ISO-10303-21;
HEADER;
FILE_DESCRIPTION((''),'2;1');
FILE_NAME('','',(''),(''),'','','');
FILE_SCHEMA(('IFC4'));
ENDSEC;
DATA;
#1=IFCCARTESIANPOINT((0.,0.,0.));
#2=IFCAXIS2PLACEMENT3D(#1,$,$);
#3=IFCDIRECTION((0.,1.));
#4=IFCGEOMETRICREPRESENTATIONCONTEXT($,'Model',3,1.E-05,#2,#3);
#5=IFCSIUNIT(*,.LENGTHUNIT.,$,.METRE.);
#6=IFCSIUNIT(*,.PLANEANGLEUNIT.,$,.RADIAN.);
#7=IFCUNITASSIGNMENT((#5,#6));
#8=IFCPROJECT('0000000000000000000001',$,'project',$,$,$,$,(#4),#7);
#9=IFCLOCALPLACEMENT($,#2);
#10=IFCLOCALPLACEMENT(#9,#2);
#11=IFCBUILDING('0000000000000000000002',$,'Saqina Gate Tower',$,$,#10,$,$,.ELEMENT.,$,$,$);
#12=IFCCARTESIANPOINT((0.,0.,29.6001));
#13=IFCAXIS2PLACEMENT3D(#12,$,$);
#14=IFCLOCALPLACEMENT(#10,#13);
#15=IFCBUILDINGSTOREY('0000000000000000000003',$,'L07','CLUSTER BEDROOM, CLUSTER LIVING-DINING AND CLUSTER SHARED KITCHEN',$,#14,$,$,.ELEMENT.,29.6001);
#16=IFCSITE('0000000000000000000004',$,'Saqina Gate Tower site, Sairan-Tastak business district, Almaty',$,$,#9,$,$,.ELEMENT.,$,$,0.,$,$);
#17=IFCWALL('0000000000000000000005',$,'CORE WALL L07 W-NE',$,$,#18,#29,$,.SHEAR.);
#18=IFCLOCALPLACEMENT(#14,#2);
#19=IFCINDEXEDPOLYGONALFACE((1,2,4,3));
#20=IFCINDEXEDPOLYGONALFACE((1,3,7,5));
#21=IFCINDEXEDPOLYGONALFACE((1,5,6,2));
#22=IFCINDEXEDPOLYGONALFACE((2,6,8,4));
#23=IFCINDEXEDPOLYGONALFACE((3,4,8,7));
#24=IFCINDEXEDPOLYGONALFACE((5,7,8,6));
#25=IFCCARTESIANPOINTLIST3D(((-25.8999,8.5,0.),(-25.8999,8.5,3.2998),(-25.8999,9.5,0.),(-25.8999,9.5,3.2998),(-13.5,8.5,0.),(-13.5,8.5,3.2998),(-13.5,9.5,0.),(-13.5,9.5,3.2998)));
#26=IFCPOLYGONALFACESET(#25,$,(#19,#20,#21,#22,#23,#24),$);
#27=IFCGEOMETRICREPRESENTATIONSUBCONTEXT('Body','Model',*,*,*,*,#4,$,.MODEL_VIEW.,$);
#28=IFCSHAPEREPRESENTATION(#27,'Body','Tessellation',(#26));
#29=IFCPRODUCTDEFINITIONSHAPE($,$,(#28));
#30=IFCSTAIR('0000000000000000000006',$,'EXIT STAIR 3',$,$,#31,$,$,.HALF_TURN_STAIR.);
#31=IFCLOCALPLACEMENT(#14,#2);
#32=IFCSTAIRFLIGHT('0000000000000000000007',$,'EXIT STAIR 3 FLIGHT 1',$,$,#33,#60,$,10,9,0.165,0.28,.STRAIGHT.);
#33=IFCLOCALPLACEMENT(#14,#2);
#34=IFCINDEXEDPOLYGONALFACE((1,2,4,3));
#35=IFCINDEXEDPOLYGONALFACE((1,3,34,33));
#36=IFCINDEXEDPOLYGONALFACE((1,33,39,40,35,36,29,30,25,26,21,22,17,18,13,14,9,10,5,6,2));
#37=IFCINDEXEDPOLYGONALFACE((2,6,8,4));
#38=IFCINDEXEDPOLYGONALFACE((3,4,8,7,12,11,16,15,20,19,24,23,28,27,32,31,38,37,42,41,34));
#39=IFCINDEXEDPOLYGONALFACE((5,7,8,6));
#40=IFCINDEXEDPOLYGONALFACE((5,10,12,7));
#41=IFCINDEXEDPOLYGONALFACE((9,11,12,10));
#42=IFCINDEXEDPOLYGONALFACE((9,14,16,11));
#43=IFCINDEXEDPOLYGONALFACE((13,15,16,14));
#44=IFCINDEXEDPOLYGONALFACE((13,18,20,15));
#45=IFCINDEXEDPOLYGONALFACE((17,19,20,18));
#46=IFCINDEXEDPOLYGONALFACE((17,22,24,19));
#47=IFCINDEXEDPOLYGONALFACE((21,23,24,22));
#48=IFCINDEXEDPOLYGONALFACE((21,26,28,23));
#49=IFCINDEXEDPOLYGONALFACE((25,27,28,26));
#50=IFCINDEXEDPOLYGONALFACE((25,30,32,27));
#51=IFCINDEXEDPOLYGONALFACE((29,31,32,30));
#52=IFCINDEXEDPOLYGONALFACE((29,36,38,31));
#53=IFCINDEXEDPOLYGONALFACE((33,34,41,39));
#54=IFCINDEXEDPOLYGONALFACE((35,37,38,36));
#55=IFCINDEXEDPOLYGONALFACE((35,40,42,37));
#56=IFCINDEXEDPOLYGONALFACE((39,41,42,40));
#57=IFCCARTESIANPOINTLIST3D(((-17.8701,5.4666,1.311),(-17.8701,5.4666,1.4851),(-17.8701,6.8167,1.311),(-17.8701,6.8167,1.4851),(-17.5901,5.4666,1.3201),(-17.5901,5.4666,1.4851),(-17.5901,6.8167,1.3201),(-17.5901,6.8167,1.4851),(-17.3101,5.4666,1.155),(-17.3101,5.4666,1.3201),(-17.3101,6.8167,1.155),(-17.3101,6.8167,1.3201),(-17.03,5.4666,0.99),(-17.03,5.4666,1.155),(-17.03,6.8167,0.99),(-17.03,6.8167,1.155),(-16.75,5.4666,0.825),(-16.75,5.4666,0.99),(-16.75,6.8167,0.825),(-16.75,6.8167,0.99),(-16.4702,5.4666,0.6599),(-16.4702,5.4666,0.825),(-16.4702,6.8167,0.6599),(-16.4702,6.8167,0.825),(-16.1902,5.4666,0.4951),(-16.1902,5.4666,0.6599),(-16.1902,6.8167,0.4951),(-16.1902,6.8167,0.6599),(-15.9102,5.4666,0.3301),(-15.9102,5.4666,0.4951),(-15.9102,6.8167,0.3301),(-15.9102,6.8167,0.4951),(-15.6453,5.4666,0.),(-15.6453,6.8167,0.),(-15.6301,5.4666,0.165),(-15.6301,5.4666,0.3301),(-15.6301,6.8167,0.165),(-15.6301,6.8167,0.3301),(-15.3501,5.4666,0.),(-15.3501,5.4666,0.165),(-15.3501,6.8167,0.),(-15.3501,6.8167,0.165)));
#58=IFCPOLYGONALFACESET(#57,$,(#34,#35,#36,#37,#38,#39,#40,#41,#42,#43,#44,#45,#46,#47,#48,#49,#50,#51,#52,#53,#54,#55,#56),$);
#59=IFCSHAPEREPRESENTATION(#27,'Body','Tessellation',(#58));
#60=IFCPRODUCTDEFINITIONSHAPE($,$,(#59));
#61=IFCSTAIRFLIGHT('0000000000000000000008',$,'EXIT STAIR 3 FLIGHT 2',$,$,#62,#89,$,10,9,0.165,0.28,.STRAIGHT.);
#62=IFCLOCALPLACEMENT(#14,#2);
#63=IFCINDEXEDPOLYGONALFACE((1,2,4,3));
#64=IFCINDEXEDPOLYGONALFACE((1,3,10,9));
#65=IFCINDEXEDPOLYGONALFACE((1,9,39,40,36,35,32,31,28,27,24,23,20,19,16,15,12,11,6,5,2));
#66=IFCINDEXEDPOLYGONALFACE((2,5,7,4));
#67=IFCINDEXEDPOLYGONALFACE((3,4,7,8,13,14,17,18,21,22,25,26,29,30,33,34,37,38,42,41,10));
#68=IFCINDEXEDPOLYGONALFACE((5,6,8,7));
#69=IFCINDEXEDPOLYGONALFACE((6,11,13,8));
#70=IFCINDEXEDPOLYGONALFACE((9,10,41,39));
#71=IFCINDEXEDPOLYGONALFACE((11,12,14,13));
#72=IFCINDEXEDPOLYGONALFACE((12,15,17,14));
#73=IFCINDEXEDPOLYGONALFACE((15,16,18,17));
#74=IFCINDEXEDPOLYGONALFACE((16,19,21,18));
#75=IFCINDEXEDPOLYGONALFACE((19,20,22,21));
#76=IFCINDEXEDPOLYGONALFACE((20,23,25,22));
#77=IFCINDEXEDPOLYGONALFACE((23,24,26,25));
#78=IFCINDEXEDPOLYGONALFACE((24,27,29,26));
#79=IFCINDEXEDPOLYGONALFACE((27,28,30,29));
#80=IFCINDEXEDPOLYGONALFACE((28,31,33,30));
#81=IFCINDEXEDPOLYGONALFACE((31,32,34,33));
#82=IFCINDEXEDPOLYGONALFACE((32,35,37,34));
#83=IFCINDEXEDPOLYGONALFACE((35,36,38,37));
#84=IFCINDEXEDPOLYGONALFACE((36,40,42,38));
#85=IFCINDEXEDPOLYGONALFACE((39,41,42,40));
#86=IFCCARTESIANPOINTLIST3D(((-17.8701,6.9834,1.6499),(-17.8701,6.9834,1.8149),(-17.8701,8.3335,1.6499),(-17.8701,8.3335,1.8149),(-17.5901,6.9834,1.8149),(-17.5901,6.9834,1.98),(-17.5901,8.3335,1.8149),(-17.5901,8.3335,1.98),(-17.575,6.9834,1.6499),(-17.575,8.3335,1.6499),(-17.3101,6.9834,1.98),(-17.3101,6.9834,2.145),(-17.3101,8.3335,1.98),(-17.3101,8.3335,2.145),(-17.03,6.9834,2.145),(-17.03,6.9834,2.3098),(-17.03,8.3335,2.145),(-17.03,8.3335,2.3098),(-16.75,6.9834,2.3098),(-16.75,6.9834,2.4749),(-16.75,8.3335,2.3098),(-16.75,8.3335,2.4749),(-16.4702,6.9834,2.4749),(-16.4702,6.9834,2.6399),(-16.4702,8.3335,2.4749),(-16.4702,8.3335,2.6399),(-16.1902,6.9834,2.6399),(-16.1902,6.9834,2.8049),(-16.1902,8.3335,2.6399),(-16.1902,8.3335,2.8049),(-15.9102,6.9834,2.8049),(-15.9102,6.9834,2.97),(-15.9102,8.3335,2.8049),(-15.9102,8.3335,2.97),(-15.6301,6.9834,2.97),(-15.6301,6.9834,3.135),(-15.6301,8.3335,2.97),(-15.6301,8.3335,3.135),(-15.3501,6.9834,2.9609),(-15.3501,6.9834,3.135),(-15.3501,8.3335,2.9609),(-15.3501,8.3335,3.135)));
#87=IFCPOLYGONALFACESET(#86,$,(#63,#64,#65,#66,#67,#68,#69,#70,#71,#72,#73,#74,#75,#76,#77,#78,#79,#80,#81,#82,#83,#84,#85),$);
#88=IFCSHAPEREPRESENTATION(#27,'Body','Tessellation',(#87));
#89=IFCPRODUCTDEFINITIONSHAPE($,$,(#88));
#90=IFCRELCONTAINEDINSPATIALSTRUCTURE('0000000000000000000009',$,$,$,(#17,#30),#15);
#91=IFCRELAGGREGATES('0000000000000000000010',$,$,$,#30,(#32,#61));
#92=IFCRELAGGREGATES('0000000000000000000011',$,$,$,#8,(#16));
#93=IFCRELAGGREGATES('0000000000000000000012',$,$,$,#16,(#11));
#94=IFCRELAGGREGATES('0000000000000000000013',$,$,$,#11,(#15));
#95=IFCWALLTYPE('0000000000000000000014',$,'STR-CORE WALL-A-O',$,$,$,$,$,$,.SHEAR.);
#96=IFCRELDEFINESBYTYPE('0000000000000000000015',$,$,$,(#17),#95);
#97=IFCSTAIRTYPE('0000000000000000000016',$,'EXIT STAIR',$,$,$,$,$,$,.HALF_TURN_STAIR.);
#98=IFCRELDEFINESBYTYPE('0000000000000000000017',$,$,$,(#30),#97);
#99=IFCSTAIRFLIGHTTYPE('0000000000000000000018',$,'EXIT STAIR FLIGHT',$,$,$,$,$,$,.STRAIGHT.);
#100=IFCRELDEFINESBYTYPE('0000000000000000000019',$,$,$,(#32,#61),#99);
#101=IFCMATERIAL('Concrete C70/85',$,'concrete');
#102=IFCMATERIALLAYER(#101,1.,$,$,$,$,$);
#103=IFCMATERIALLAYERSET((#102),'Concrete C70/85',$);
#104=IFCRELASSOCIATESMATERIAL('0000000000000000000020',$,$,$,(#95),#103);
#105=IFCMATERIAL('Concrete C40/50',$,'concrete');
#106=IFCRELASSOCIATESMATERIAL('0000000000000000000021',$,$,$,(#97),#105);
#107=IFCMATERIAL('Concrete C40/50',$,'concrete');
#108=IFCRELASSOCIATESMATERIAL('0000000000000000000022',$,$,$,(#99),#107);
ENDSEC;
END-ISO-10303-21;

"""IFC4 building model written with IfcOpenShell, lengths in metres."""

from ifc_helpers import new_model, si_unit, direction, frame, frame_2d, origin, place, context, subcontext, project, spatial, polyline, rectangle, outline, extrude, material, layer, layer_set, type_object, element, aggregate, save


model = new_model("IFC4")

# Units and contexts
model_context = context("Model", 3, precision=1e-05, world=origin(), true_north=direction((0.0, 1.0)))
body_context = subcontext(model_context, "Body", "Model", "MODEL_VIEW")
ifc_project = project(units=[si_unit("LENGTHUNIT", "METRE"), si_unit("PLANEANGLEUNIT", "RADIAN")], contexts=[model_context])

# Site, building, storey
site_placement = place(None, origin())
site = spatial("IfcSite", under=ifc_project, at=site_placement, Name="Saqina Gate Tower site, Sairan-Tastak business district, Almaty", CompositionType="ELEMENT", RefElevation=0.0)
building_placement = place(site_placement, origin())
building = spatial("IfcBuilding", under=site, at=building_placement, Name="Saqina Gate Tower", CompositionType="ELEMENT")
storey_placement = place(building_placement, frame((0.0, 0.0, 29.6001)))
storey = spatial("IfcBuildingStorey", under=building, at=storey_placement, Name="L07", Description="CLUSTER BEDROOM, CLUSTER LIVING-DINING AND CLUSTER SHARED KITCHEN", CompositionType="ELEMENT", Elevation=29.6001)

# Wall
ifc_material_1 = material(Name="Concrete C70/85", Category="concrete")
ifc_layer_1 = layer(ifc_material_1, 1.0)
ifc_layer_set_1 = layer_set([ifc_layer_1], Name="Concrete C70/85")
wall_type_1 = type_object("IfcWallType", Name="STR-CORE WALL-A-O", PredefinedType="SHEAR", material=ifc_layer_set_1)
wall_1_placement = place(storey_placement, frame((-13.5, 9.0, 0.0), z_axis=(0.0, 0.0, 1.0), x_axis=(-1.0, 0.0, 0.0)))
element("IfcWall", 1, at=wall_1_placement, inside=storey, type_object=wall_type_1, Name="CORE WALL L07 W-NE", PredefinedType="SHEAR", context=body_context, shape_type="SweptSolid", body=[
    extrude(rectangle(XDim=12.3999, YDim=1.0, at=frame_2d((6.2, 0.0))), origin(), (0.0, 0.0, 1.0), 3.2998),
])

# Stair, stair flights
ifc_material_2 = material(Name="Concrete C40/50", Category="concrete")
stair_type = type_object("IfcStairType", Name="EXIT STAIR", PredefinedType="HALF_TURN_STAIR", material=ifc_material_2)
stair_placement = place(storey_placement, origin())
stair = element("IfcStair", 2, at=stair_placement, inside=storey, type_object=stair_type, Name="EXIT STAIR 3", PredefinedType="HALF_TURN_STAIR")
ifc_material_3 = material(Name="Concrete C40/50", Category="concrete")
stair_flight_type = type_object("IfcStairFlightType", Name="EXIT STAIR FLIGHT", PredefinedType="STRAIGHT", material=ifc_material_3)
stair_flight_1_placement = place(storey_placement, frame((-15.3501, 6.1416, 0.0), z_axis=(0.0, 0.0, 1.0), x_axis=(-1.0, 0.0, 0.0)))
stair_flight_1 = element("IfcStairFlight", 3, at=stair_flight_1_placement, type_object=stair_flight_type, Name="EXIT STAIR 3 FLIGHT 1", NumberOfRisers=10, NumberOfTreads=9, PredefinedType="STRAIGHT", RiserHeight=0.165, TreadLength=0.28, context=body_context, shape_type="SweptSolid", body=[
    extrude(outline(polyline([(0.0, 0.0), (0.0, 0.165), (0.28, 0.165), (0.28, 0.3301), (0.5601, 0.3301), (0.5601, 0.4951), (0.8401, 0.4951), (0.8401, 0.6599), (1.1201, 0.6599), (1.1201, 0.825), (1.3999, 0.825), (1.3999, 0.99), (1.6799, 0.99), (1.6799, 1.155), (1.96, 1.155), (1.96, 1.3201), (2.24, 1.3201), (2.24, 1.4851), (2.52, 1.4851), (2.52, 1.6499), (2.52, 1.311), (0.2952, 0.0), (0.0, 0.0)])), frame((0.0, 0.675, 0.0), z_axis=(0.0, -1.0, 0.0), x_axis=(1.0, 0.0, 0.0)), (0.0, 0.0, 1.0), 1.3501),
])
stair_flight_2_placement = place(storey_placement, frame((-17.8701, 7.6584, 1.6499), z_axis=(0.0, 0.0, 1.0), x_axis=(1.0, 0.0, 0.0)))
stair_flight_2 = element("IfcStairFlight", 4, at=stair_flight_2_placement, type_object=stair_flight_type, Name="EXIT STAIR 3 FLIGHT 2", NumberOfRisers=10, NumberOfTreads=9, PredefinedType="STRAIGHT", RiserHeight=0.165, TreadLength=0.28, context=body_context, shape_type="SweptSolid", body=[
    extrude(outline(polyline([(0.0, 0.0), (0.0, 0.165), (0.28, 0.165), (0.28, 0.3301), (0.5601, 0.3301), (0.5601, 0.4951), (0.8401, 0.4951), (0.8401, 0.6599), (1.1201, 0.6599), (1.1201, 0.825), (1.3999, 0.825), (1.3999, 0.99), (1.6799, 0.99), (1.6799, 1.155), (1.96, 1.155), (1.96, 1.3201), (2.24, 1.3201), (2.24, 1.4851), (2.52, 1.4851), (2.52, 1.6499), (2.52, 1.311), (0.2952, 0.0), (0.0, 0.0)])), frame((0.0, 0.675, 0.0), z_axis=(0.0, -1.0, 0.0), x_axis=(1.0, 0.0, 0.0)), (0.0, 0.0, 1.0), 1.3501),
])
aggregate(stair, [stair_flight_1, stair_flight_2])

save(model, "model.ifc")
